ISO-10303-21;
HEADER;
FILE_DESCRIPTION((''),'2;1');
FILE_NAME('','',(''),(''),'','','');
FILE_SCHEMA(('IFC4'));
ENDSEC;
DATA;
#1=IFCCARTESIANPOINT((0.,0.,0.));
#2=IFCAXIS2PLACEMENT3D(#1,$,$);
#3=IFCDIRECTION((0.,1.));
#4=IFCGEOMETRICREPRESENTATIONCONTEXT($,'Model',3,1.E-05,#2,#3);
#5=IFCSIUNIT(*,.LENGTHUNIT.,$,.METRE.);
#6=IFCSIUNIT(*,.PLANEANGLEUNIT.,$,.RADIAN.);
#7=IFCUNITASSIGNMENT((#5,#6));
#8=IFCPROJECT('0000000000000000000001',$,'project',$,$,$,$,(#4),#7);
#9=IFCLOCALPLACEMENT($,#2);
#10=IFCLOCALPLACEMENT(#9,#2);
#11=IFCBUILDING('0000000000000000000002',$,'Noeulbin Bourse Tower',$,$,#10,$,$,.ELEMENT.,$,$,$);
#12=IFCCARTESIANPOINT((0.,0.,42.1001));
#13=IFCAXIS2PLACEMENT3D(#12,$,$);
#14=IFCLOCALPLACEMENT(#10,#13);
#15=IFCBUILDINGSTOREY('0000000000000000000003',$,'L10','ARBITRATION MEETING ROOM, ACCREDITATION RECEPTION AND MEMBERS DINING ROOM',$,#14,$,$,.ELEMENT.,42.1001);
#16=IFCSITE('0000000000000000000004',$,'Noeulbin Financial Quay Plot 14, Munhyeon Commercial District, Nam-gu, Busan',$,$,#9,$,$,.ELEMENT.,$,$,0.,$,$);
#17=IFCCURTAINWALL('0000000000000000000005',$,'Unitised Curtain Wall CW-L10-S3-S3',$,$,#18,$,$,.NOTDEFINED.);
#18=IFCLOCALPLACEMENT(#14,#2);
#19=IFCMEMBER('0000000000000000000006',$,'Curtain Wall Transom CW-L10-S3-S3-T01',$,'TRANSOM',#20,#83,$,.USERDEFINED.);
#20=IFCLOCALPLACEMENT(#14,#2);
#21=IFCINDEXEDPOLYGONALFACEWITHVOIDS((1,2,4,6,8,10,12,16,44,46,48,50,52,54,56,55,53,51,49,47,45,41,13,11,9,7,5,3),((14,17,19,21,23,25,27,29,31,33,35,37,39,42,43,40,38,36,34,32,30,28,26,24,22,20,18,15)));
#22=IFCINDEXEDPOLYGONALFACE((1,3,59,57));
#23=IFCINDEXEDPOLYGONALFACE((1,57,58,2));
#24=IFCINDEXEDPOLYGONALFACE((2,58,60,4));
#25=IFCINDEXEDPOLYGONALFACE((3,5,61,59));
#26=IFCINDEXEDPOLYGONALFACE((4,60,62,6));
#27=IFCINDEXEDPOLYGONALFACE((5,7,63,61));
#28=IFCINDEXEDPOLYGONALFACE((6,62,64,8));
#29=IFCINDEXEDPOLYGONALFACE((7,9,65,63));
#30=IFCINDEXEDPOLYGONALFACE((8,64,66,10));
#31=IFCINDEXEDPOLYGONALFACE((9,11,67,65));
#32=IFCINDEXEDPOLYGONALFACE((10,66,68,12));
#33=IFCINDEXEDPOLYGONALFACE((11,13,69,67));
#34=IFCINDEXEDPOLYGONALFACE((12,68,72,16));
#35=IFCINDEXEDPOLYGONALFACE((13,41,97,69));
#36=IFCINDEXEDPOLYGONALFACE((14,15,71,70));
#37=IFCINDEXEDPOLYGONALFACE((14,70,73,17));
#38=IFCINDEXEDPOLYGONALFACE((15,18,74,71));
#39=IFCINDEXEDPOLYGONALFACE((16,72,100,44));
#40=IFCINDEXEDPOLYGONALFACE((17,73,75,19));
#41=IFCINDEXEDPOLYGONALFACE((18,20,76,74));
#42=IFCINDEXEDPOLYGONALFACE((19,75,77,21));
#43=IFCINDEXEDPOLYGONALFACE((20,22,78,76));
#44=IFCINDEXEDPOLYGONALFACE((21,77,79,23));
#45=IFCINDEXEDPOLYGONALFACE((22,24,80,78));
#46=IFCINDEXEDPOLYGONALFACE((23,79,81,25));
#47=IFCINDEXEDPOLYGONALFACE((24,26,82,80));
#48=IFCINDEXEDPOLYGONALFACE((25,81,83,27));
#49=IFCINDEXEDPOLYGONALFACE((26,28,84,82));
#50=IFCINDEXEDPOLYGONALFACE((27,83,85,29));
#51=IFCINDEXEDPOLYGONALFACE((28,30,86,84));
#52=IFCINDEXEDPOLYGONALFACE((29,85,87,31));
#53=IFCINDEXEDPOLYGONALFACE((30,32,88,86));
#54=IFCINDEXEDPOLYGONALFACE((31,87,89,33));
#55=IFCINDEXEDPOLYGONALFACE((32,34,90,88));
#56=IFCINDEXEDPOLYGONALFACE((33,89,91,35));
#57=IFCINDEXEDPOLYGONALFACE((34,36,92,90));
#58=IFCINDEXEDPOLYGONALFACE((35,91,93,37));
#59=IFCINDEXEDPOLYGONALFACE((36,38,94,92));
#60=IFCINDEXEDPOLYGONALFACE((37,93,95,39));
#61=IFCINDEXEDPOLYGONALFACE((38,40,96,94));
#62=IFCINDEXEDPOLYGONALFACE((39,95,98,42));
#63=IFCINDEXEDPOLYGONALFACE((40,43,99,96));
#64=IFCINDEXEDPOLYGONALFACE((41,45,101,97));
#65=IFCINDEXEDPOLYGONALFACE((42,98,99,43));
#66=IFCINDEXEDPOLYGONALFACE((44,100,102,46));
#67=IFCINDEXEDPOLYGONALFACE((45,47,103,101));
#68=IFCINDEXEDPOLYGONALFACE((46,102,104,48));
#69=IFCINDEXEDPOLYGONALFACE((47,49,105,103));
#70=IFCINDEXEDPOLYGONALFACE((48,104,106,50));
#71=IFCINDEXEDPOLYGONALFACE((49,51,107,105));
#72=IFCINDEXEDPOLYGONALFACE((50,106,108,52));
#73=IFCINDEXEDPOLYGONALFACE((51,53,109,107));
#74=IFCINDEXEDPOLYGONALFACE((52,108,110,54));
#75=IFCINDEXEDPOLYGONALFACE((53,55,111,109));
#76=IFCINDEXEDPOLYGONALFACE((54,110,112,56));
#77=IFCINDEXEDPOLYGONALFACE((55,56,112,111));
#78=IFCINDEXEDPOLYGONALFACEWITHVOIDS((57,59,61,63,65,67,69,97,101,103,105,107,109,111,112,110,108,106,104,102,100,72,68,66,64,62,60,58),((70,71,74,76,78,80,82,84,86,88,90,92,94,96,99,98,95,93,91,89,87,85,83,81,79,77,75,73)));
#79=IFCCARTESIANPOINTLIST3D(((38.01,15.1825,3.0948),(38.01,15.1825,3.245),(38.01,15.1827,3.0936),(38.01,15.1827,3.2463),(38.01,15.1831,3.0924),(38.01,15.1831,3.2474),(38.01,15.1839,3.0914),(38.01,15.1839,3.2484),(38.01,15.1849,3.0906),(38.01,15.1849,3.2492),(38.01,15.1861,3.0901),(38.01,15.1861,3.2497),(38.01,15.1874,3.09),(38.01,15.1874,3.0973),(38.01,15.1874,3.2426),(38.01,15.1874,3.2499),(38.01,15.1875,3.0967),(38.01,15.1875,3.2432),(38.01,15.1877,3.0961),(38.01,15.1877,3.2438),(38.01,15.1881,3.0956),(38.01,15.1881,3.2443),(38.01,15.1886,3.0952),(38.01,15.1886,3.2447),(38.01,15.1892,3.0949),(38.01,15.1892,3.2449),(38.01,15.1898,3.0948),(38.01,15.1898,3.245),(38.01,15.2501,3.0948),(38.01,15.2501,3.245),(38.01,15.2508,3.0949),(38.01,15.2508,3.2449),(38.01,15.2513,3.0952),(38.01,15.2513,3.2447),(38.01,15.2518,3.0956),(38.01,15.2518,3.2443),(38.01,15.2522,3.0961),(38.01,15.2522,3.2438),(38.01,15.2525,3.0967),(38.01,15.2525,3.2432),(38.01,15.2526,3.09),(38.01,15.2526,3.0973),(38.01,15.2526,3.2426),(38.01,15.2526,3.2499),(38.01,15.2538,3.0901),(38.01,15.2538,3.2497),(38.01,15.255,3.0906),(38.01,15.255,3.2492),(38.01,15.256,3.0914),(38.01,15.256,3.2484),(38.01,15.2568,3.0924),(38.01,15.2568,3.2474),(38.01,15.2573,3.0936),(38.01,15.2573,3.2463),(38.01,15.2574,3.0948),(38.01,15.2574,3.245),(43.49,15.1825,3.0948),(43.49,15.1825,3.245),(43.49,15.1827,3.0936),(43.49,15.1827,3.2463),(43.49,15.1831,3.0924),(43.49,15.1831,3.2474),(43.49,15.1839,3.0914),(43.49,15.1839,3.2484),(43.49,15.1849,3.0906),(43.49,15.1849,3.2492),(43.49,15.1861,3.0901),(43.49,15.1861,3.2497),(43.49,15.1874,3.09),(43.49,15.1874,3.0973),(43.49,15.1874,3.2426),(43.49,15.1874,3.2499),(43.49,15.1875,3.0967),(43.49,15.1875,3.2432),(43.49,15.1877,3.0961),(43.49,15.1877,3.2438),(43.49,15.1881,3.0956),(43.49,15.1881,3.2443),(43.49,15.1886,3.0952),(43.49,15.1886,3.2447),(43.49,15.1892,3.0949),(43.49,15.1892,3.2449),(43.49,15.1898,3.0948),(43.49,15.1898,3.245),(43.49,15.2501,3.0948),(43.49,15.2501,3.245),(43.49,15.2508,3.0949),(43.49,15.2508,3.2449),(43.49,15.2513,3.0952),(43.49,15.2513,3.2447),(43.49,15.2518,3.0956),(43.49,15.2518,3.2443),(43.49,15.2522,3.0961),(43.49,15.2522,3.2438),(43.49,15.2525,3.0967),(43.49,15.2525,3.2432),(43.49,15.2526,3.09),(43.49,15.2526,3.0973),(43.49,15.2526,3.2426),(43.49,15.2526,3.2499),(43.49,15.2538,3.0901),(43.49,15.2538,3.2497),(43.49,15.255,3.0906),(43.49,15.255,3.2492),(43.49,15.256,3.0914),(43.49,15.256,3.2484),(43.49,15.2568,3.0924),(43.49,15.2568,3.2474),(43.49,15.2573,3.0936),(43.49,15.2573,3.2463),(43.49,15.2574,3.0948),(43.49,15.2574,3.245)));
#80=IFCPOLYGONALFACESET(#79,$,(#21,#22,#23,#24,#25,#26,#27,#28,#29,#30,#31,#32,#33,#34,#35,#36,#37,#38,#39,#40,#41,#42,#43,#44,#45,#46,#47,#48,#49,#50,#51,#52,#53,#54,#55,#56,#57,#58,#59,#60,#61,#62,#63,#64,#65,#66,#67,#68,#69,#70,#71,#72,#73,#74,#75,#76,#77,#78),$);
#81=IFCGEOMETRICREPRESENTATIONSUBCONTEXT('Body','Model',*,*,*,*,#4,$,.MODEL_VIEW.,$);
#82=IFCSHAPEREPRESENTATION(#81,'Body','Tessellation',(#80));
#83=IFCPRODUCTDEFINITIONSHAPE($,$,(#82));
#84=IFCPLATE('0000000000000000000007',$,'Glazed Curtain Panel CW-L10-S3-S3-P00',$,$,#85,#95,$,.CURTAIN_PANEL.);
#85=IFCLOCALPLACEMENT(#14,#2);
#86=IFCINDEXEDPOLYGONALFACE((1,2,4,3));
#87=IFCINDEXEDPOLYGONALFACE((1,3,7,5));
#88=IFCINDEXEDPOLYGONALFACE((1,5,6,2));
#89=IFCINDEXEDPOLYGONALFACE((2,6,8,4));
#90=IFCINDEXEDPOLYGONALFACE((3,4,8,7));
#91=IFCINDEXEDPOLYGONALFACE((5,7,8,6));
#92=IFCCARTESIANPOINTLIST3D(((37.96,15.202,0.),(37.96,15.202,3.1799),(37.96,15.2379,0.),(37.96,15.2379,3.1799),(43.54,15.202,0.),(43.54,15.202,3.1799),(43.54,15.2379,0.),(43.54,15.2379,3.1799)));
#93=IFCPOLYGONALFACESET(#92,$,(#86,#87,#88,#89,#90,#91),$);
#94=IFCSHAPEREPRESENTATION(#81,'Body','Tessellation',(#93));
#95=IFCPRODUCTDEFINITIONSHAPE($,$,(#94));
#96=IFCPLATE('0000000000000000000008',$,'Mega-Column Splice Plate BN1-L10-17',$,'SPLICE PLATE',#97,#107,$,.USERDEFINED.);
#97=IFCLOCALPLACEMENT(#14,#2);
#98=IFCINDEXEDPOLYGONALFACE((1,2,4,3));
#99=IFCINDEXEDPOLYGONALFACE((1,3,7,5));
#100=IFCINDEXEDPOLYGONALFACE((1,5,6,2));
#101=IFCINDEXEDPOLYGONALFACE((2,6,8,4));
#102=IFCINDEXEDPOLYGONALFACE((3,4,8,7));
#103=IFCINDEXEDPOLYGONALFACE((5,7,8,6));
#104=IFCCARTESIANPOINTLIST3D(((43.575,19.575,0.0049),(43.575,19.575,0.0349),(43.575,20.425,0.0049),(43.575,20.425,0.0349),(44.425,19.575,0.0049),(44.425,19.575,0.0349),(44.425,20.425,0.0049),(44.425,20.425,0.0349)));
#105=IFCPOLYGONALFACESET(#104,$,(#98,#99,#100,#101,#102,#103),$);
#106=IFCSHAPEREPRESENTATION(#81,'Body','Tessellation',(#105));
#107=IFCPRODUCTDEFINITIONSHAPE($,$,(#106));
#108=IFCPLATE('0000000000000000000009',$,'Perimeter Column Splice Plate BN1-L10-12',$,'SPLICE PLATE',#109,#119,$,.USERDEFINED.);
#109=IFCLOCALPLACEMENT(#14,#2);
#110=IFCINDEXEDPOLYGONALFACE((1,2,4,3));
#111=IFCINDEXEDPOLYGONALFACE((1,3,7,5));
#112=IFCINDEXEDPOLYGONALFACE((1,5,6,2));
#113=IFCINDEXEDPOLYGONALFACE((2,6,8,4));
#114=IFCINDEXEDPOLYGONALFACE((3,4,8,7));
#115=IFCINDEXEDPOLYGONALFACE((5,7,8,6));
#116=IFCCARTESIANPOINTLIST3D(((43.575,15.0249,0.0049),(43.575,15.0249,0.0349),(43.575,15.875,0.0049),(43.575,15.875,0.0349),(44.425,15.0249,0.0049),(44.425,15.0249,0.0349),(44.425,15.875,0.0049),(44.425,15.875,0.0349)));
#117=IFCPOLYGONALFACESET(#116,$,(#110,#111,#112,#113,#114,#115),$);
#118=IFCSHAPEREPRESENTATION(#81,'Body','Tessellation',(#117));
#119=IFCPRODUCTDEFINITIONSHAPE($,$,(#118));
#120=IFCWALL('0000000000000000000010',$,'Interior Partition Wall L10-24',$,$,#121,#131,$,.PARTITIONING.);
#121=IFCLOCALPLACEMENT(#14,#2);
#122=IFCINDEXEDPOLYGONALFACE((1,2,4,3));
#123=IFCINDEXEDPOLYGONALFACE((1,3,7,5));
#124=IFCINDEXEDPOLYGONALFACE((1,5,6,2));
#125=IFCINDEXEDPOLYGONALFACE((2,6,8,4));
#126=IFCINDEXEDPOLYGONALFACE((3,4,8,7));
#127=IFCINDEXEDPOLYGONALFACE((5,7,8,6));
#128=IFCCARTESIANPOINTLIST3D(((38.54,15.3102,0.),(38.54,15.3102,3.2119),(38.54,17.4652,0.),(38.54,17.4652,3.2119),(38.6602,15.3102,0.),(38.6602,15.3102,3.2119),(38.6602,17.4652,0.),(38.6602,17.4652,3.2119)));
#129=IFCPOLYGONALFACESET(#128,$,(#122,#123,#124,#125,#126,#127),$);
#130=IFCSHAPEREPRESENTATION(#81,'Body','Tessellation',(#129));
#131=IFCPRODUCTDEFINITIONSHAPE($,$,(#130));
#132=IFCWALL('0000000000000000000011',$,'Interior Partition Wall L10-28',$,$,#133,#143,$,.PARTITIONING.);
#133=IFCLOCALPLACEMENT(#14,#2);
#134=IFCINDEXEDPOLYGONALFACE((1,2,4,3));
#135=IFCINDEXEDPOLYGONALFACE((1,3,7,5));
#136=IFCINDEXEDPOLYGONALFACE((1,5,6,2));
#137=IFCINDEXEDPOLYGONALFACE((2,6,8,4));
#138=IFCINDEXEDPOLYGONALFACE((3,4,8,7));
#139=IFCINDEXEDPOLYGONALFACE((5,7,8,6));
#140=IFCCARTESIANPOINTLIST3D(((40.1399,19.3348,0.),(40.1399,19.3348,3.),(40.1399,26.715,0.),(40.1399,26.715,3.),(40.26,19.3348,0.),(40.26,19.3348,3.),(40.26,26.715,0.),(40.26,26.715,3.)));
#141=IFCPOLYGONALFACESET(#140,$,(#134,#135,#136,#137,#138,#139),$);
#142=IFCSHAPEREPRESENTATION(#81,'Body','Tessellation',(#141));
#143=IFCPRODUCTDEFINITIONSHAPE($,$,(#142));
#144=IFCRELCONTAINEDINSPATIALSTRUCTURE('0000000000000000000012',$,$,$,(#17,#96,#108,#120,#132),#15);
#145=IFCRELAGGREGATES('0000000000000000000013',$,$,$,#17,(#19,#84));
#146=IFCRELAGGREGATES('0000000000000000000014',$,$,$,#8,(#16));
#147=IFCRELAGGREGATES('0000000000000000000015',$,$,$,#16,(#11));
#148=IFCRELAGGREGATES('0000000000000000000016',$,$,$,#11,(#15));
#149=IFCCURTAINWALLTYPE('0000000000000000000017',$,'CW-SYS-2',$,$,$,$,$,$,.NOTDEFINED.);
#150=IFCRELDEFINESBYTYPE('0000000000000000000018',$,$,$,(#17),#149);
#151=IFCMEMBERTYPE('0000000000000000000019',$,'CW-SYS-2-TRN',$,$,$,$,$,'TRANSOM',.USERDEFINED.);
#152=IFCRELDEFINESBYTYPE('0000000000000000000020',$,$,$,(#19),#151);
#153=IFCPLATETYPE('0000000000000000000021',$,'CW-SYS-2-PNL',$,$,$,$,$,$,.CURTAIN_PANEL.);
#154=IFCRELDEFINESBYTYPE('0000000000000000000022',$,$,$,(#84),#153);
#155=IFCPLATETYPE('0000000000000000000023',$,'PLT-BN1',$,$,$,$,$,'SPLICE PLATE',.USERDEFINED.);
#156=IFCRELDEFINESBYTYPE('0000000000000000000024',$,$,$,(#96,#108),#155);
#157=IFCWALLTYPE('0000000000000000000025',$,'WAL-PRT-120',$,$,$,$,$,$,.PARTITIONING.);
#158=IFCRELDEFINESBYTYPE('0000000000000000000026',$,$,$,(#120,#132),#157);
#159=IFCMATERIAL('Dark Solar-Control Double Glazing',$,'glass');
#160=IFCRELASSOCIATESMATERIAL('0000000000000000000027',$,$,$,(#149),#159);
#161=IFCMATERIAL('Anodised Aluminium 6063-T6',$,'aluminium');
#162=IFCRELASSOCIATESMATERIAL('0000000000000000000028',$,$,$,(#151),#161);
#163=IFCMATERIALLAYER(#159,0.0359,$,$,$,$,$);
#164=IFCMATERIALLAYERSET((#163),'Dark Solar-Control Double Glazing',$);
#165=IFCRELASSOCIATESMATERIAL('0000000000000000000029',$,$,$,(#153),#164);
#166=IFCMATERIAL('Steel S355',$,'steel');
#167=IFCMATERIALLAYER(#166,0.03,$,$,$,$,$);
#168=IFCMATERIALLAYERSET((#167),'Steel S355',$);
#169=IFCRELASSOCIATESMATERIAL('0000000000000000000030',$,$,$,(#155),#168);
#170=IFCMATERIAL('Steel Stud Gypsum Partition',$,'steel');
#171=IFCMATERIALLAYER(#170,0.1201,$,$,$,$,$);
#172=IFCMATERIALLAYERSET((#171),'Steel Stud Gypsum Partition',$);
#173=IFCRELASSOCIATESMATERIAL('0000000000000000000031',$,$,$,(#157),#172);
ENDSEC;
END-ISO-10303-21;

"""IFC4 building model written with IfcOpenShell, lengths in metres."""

from ifc_helpers import new_model, si_unit, direction, frame, frame_2d, origin, origin_2d, place, context, subcontext, project, spatial, rectangle, hollow_rectangle, extrude, material, layer, layer_set, material_profile, profile_set, type_object, element, aggregate, save


model = new_model("IFC4")

# Units and contexts
model_context = context("Model", 3, precision=1e-05, world=origin(), true_north=direction((0.0, 1.0)))
body_context = subcontext(model_context, "Body", "Model", "MODEL_VIEW")
ifc_project = project(units=[si_unit("LENGTHUNIT", "METRE"), si_unit("PLANEANGLEUNIT", "RADIAN")], contexts=[model_context])

# Site, building, storey
site_placement = place(None, origin())
site = spatial("IfcSite", under=ifc_project, at=site_placement, Name="Noeulbin Financial Quay Plot 14, Munhyeon Commercial District, Nam-gu, Busan", CompositionType="ELEMENT", RefElevation=0.0)
building_placement = place(site_placement, origin())
building = spatial("IfcBuilding", under=site, at=building_placement, Name="Noeulbin Bourse Tower", CompositionType="ELEMENT")
storey_placement = place(building_placement, frame((0.0, 0.0, 42.1001)))
storey = spatial("IfcBuildingStorey", under=building, at=storey_placement, Name="L10", Description="ARBITRATION MEETING ROOM, ACCREDITATION RECEPTION AND MEMBERS DINING ROOM", CompositionType="ELEMENT", Elevation=42.1001)

# Shared definitions
ifc_material_1 = material(Name="Steel S355", Category="steel")

# Curtain wall, member, plate
ifc_material_2 = material(Name="Dark Solar-Control Double Glazing", Category="glass")
curtain_wall_type = type_object("IfcCurtainWallType", Name="CW-SYS-2", PredefinedType="NOTDEFINED", material=ifc_material_2)
curtain_wall_placement = place(storey_placement, origin())
curtain_wall = element("IfcCurtainWall", 1, at=curtain_wall_placement, inside=storey, type_object=curtain_wall_type, Name="Unitised Curtain Wall CW-L10-S3-S3", PredefinedType="NOTDEFINED")
ifc_material_3 = material(Name="Anodised Aluminium 6063-T6", Category="aluminium")
ifc_material_profile_1 = material_profile(ifc_material_3, hollow_rectangle(XDim=0.075, YDim=0.1599, WallThickness=0.0049, InnerFilletRadius=0.0024, OuterFilletRadius=0.0049, at=origin_2d()), Name="ALU-TRAN-75x160x5", Category="LoadBearing")
ifc_profile_set_1 = profile_set([ifc_material_profile_1], Name="Anodised Aluminium 6063-T6")
member_type_1 = type_object("IfcMemberType", Name="CW-SYS-2-TRN", ElementType="TRANSOM", PredefinedType="USERDEFINED", material=ifc_profile_set_1)
member_1_placement = place(storey_placement, frame((38.01, 15.22, 3.1699), z_axis=(1.0, 0.0, 0.0), x_axis=(0.0, 1.0, 0.0)))
member_1 = element("IfcMember", 2, at=member_1_placement, type_object=member_type_1, Name="Curtain Wall Transom CW-L10-S3-S3-T01", ObjectType="TRANSOM", PredefinedType="USERDEFINED", context=body_context, shape_type="SweptSolid", body=[
    extrude(hollow_rectangle(XDim=0.075, YDim=0.1599, WallThickness=0.0049, InnerFilletRadius=0.0024, OuterFilletRadius=0.0049, at=origin_2d()), origin(), (0.0, 0.0, 1.0), 5.48),
])
ifc_layer_1 = layer(ifc_material_2, 0.0359)
ifc_layer_set_1 = layer_set([ifc_layer_1], Name="Dark Solar-Control Double Glazing")
plate_type_1 = type_object("IfcPlateType", Name="CW-SYS-2-PNL", PredefinedType="CURTAIN_PANEL", material=ifc_layer_set_1)
plate_placement = place(storey_placement, frame((40.75, 15.22, 0.0), z_axis=(0.0, 0.0, 1.0), x_axis=(1.0, 0.0, 0.0)))
plate = element("IfcPlate", 3, at=plate_placement, type_object=plate_type_1, Name="Glazed Curtain Panel CW-L10-S3-S3-P00", PredefinedType="CURTAIN_PANEL", context=body_context, shape_type="SweptSolid", body=[
    extrude(rectangle(XDim=5.5801, YDim=0.0359, at=origin_2d()), origin(), (0.0, 0.0, 1.0), 3.1799),
])
aggregate(curtain_wall, [member_1, plate])

# Plates
ifc_layer_2 = layer(ifc_material_1, 0.03)
ifc_layer_set_2 = layer_set([ifc_layer_2], Name="Steel S355")
plate_type_2 = type_object("IfcPlateType", Name="PLT-BN1", ElementType="SPLICE PLATE", PredefinedType="USERDEFINED", material=ifc_layer_set_2)
for number, where, z_axis, x_axis, name in (
    (4, (44.0, 20.0, 0.0049), (0.0, 0.0, 1.0), (1.0, 0.0, 0.0), "Mega-Column Splice Plate BN1-L10-17"),
    (5, (44.0, 15.45, 0.0049), (0.0, 0.0, 1.0), (1.0, 0.0, 0.0), "Perimeter Column Splice Plate BN1-L10-12"),
):
    element("IfcPlate", number, at=place(storey_placement, frame(where, z_axis=z_axis, x_axis=x_axis)), inside=storey, type_object=plate_type_2, Name=name, ObjectType="SPLICE PLATE", PredefinedType="USERDEFINED", context=body_context, shape_type="SweptSolid", body=[
        extrude(rectangle(XDim=0.8501, YDim=0.8501, at=origin_2d()), origin(), (0.0, 0.0, 1.0), 0.03),
    ])

# Walls
ifc_material_4 = material(Name="Steel Stud Gypsum Partition", Category="steel")
ifc_layer_3 = layer(ifc_material_4, 0.1201)
ifc_layer_set_3 = layer_set([ifc_layer_3], Name="Steel Stud Gypsum Partition")
wall_type = type_object("IfcWallType", Name="WAL-PRT-120", PredefinedType="PARTITIONING", material=ifc_layer_set_3)
wall_1_placement = place(storey_placement, frame((38.6001, 15.3101, 0.0), z_axis=(0.0, 0.0, 1.0), x_axis=(0.0, 1.0, 0.0)))
element("IfcWall", 6, at=wall_1_placement, inside=storey, type_object=wall_type, Name="Interior Partition Wall L10-24", PredefinedType="PARTITIONING", context=body_context, shape_type="SweptSolid", body=[
    extrude(rectangle(XDim=2.155, YDim=0.1201, at=frame_2d((1.0776, 0.0))), origin(), (0.0, 0.0, 1.0), 3.2119),
])
wall_2_placement = place(storey_placement, frame((40.2, 19.335, 0.0), z_axis=(0.0, 0.0, 1.0), x_axis=(0.0, 1.0, 0.0)))
element("IfcWall", 7, at=wall_2_placement, inside=storey, type_object=wall_type, Name="Interior Partition Wall L10-28", PredefinedType="PARTITIONING", context=body_context, shape_type="SweptSolid", body=[
    extrude(rectangle(XDim=7.3801, YDim=0.1201, at=frame_2d((3.6899, 0.0))), origin(), (0.0, 0.0, 1.0), 3.0),
])

save(model, "model.ifc")
